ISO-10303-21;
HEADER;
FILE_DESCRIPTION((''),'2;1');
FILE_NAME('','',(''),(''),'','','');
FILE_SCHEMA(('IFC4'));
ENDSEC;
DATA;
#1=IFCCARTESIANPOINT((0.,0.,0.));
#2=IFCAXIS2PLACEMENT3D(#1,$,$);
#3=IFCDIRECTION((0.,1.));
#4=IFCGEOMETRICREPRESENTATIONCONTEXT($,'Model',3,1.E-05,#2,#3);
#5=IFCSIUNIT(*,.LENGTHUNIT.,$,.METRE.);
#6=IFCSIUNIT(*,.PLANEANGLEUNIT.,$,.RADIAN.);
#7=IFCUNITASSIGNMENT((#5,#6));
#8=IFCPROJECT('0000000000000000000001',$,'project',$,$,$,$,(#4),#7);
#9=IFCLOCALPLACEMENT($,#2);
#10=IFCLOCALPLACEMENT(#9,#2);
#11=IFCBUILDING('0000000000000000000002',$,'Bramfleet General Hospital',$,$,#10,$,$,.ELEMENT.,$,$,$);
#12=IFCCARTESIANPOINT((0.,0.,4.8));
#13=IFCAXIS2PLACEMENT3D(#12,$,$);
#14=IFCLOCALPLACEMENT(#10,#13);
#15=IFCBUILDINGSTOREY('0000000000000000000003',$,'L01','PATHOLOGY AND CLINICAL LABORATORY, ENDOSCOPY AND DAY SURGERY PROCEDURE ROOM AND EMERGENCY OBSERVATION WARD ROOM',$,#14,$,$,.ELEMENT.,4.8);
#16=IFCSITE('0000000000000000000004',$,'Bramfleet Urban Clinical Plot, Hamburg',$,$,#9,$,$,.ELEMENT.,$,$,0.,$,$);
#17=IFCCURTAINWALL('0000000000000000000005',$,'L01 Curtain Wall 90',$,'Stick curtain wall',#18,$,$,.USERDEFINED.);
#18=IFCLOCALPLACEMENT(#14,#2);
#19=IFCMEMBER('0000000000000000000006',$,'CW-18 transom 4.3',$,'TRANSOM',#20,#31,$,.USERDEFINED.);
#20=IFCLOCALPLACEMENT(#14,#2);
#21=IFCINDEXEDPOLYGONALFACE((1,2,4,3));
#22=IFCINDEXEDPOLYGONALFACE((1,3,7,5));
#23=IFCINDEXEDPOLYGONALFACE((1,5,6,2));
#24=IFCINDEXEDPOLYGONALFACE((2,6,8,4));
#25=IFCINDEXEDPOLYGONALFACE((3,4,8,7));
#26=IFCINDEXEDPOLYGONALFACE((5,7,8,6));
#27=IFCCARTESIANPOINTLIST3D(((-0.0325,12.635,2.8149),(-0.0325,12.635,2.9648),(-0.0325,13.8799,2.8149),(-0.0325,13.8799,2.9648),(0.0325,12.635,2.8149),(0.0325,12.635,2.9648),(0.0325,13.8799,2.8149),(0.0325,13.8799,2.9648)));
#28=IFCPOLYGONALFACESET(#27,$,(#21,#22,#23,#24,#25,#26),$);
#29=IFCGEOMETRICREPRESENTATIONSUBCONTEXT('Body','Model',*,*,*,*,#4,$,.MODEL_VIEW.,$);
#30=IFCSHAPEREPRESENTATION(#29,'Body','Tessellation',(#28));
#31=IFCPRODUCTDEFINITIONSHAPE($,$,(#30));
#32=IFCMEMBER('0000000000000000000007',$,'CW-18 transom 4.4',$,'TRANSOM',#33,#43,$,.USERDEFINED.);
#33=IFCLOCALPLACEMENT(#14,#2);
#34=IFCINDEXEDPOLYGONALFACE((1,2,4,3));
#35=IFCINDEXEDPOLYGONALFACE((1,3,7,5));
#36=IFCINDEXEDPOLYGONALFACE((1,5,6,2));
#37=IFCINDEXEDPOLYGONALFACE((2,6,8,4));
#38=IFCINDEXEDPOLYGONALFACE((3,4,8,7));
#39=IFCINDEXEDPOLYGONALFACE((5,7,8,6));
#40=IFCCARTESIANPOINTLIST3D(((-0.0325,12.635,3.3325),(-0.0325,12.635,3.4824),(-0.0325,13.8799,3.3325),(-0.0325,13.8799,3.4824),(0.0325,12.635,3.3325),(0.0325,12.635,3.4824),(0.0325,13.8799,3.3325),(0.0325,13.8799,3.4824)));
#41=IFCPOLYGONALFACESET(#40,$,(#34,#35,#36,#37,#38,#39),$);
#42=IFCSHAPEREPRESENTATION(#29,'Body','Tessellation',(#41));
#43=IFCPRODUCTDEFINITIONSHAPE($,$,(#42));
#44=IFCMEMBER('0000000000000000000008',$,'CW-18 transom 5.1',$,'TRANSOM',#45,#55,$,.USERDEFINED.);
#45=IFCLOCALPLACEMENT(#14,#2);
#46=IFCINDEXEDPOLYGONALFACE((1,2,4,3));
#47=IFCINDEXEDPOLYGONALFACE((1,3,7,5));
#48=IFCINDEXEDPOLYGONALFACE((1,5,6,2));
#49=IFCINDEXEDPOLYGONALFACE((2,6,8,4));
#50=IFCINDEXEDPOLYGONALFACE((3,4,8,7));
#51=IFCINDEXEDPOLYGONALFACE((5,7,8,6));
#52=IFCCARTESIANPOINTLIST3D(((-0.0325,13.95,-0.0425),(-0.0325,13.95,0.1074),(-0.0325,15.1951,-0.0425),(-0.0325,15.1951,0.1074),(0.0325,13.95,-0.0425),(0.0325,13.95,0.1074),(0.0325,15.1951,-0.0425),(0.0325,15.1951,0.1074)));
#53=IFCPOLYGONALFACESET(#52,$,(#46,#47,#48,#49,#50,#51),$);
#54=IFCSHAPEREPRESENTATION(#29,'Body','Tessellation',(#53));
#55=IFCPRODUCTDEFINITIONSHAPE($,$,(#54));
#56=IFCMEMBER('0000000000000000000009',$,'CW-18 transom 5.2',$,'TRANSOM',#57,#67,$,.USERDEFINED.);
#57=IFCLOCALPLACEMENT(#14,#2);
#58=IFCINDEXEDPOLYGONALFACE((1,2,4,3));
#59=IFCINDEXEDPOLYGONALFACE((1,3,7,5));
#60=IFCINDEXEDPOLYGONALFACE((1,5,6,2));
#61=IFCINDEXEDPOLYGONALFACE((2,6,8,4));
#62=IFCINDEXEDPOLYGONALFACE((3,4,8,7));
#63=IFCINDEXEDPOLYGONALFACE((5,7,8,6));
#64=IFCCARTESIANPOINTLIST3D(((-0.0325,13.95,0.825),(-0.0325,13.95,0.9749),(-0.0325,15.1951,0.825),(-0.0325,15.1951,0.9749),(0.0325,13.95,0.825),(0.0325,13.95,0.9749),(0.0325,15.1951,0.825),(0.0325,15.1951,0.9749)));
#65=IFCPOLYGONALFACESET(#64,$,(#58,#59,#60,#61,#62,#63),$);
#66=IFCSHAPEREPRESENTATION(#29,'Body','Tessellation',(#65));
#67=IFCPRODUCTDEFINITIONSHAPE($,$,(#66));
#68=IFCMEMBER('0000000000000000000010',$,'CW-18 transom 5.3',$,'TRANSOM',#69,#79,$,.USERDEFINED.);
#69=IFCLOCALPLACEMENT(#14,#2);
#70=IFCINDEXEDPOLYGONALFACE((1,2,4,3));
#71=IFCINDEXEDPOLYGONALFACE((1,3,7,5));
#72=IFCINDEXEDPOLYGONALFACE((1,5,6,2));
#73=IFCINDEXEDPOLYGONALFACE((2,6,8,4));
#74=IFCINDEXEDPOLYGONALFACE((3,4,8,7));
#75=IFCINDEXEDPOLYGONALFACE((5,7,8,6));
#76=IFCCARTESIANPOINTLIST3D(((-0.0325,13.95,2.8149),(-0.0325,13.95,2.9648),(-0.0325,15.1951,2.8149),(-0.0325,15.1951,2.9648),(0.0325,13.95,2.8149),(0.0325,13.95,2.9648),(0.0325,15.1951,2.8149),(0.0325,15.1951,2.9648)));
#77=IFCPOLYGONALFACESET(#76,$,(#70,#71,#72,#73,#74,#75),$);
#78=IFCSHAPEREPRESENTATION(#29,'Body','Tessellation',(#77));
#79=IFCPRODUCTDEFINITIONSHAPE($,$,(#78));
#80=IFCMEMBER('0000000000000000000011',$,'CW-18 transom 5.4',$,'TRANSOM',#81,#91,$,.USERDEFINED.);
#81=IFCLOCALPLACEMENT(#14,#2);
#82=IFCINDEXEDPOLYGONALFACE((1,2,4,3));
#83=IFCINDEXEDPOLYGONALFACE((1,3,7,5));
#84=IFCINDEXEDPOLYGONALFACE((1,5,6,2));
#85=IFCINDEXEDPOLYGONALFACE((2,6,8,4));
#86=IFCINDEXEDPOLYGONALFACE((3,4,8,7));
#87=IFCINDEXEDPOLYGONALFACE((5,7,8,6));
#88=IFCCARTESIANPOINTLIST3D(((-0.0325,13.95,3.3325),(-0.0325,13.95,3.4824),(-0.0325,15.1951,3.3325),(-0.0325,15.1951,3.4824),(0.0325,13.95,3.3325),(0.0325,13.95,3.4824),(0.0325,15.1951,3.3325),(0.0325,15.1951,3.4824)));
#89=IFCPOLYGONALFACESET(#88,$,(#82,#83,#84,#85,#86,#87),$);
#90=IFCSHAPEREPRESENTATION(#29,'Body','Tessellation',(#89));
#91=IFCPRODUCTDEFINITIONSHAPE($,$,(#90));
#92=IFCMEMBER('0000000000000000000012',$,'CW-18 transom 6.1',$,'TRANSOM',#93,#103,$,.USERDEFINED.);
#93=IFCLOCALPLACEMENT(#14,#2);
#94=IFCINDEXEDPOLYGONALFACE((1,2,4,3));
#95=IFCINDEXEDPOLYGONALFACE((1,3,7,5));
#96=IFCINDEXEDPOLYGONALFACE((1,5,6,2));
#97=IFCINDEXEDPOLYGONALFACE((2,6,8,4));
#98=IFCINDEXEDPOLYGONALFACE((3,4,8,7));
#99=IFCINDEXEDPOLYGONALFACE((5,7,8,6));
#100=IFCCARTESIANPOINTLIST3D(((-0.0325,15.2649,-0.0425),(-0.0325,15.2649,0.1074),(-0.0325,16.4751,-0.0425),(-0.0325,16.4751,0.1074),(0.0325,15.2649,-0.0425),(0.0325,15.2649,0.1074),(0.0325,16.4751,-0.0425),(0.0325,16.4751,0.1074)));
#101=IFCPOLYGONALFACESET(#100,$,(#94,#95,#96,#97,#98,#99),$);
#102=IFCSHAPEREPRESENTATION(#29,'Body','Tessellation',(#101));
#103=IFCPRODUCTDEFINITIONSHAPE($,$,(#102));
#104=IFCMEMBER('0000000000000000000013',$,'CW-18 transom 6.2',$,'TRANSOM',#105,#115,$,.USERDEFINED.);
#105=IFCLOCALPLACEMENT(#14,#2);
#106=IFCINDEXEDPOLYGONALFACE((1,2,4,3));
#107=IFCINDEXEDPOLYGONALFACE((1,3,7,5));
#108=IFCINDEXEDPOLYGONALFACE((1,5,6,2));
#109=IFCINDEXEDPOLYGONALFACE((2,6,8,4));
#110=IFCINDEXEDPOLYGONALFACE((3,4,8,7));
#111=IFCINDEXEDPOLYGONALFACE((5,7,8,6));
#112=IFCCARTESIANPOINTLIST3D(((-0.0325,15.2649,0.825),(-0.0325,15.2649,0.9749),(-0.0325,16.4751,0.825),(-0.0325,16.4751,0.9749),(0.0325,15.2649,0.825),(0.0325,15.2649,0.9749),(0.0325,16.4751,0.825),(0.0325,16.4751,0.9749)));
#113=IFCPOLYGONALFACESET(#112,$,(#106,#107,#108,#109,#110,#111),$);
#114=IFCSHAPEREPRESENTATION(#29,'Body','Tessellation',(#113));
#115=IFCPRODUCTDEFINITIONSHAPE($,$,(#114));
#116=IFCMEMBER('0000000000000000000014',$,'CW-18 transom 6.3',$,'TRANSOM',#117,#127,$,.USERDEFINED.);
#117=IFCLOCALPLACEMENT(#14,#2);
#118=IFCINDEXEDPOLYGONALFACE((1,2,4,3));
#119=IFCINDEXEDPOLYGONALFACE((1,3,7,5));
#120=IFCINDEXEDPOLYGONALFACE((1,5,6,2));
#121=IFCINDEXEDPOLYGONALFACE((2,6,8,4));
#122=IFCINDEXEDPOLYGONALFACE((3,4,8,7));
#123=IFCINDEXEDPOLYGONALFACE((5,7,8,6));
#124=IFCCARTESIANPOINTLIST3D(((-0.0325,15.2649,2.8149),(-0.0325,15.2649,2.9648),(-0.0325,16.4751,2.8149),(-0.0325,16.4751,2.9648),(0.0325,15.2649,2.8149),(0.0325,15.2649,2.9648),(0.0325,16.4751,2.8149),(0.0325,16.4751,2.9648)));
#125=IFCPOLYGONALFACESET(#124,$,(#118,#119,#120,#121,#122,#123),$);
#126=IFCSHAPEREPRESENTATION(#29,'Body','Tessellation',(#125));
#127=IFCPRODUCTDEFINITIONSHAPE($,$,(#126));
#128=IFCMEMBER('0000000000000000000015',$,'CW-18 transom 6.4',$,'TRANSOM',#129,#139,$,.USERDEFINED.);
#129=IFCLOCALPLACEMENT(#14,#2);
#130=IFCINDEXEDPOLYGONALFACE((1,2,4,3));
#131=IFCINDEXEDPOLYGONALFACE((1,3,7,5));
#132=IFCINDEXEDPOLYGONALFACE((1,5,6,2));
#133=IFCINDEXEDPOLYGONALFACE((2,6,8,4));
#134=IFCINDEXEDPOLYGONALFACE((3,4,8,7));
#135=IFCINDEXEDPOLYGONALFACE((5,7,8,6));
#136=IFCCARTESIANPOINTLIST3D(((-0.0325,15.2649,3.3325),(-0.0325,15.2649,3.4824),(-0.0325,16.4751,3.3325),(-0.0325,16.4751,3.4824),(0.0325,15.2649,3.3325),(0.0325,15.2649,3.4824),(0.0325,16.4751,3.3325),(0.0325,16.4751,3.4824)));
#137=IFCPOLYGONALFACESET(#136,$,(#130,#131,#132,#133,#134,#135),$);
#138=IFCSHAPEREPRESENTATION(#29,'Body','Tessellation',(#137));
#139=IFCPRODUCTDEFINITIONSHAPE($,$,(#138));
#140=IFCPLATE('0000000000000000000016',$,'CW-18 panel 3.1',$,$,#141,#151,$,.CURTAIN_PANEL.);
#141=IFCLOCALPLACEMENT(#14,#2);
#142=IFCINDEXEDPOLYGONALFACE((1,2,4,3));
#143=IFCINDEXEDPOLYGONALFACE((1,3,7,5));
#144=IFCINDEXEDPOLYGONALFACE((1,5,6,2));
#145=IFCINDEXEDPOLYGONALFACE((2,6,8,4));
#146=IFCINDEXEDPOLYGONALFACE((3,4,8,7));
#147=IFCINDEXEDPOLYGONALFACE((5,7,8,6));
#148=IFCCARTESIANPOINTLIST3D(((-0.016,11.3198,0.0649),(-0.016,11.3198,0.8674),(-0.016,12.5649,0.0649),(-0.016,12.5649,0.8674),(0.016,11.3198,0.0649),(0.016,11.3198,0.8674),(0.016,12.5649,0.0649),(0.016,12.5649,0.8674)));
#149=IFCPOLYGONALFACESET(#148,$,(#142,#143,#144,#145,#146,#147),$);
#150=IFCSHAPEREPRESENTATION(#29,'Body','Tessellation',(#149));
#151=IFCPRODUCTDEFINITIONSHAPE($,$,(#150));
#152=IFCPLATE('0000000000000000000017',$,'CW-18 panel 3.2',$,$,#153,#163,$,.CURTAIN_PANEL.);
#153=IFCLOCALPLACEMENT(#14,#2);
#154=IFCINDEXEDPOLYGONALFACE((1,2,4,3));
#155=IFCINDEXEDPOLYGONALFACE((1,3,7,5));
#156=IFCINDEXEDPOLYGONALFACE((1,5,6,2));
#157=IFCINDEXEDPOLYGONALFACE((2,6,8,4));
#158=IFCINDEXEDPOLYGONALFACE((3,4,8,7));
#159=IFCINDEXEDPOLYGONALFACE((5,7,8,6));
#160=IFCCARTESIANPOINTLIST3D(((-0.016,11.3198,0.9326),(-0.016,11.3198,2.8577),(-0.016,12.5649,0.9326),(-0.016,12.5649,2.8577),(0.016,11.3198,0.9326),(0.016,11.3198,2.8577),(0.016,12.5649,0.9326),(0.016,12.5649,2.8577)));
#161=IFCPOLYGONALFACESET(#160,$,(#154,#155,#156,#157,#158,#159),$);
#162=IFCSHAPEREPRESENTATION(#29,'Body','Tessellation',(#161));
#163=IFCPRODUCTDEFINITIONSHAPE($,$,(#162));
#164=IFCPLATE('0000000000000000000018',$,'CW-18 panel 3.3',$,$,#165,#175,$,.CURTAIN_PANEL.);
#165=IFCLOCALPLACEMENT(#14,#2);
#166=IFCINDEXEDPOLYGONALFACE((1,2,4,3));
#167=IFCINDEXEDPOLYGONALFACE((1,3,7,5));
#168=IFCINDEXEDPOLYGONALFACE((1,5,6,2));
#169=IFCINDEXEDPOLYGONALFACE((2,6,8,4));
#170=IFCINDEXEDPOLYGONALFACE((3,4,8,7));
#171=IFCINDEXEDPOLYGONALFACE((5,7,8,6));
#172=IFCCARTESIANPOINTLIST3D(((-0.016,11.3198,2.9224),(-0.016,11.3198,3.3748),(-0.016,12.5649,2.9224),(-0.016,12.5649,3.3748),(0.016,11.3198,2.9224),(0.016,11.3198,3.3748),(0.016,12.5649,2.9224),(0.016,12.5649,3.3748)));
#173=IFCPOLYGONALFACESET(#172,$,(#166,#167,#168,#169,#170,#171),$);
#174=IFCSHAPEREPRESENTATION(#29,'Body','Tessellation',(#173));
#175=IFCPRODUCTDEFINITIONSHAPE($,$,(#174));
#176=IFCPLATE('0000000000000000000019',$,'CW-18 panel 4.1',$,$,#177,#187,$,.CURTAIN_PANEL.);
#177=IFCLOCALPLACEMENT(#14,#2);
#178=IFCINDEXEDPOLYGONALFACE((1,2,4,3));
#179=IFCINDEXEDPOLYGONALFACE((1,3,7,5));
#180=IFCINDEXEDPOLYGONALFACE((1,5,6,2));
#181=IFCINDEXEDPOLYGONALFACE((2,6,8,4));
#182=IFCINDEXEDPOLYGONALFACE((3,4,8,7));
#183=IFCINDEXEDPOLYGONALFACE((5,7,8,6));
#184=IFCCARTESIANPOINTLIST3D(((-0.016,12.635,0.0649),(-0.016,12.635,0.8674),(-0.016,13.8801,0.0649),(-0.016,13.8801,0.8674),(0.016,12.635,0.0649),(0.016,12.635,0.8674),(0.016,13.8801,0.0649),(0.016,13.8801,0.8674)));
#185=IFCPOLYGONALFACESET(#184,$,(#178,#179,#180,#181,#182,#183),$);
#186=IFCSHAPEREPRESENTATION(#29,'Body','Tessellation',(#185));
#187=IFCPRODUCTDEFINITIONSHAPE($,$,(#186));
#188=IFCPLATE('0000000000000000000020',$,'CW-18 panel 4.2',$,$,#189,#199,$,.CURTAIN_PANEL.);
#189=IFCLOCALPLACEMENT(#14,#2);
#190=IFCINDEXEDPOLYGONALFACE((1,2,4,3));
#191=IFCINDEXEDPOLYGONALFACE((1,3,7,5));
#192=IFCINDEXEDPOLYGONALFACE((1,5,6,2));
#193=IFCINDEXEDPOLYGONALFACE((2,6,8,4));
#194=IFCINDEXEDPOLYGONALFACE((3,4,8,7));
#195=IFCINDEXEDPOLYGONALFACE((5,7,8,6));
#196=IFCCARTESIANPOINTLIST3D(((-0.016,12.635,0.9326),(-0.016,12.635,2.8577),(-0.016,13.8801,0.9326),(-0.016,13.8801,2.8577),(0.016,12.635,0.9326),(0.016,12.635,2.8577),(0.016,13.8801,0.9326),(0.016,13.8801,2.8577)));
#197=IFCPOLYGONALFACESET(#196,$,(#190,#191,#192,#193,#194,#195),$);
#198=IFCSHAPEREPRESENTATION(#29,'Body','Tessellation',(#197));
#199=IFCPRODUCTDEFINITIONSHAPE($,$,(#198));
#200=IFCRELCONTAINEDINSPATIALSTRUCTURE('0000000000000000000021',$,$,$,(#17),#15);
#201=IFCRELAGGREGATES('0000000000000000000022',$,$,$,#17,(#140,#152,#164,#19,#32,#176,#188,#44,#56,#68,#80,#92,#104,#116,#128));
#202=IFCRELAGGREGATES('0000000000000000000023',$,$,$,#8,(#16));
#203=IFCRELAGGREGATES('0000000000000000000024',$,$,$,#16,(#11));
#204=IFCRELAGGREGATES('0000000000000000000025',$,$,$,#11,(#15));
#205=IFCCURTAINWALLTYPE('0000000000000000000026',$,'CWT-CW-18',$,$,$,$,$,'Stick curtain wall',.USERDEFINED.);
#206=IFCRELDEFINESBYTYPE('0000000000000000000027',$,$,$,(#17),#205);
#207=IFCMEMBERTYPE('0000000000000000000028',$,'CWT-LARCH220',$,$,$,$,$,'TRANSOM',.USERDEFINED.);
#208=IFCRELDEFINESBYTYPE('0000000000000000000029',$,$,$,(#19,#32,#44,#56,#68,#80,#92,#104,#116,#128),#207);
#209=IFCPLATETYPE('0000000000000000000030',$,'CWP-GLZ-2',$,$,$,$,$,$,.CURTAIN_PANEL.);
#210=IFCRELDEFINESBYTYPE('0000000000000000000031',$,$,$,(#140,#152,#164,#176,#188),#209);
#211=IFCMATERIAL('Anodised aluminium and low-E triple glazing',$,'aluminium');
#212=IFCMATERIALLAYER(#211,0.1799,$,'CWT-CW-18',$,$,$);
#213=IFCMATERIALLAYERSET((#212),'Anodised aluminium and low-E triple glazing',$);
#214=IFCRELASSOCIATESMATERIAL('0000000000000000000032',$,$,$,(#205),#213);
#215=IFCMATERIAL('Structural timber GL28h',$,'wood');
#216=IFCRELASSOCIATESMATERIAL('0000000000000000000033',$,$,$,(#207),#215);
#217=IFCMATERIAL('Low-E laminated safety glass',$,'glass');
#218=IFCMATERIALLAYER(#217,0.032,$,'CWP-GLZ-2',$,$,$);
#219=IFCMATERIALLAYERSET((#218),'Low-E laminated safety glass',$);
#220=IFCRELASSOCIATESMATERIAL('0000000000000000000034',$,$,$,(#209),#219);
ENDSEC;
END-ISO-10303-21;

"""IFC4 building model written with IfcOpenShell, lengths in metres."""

from ifc_helpers import new_model, si_unit, direction, frame, origin, origin_2d, place, context, subcontext, project, spatial, rectangle, extrude, material, layer, layer_set, material_profile, profile_set, type_object, element, aggregate, save


model = new_model("IFC4")

# Units and contexts
model_context = context("Model", 3, precision=1e-05, world=origin(), true_north=direction((0.0, 1.0)))
body_context = subcontext(model_context, "Body", "Model", "MODEL_VIEW")
ifc_project = project(units=[si_unit("LENGTHUNIT", "METRE"), si_unit("PLANEANGLEUNIT", "RADIAN")], contexts=[model_context])

# Site, building, storey
site_placement = place(None, origin())
site = spatial("IfcSite", under=ifc_project, at=site_placement, Name="Bramfleet Urban Clinical Plot, Hamburg", CompositionType="ELEMENT", RefElevation=0.0)
building_placement = place(site_placement, origin())
building = spatial("IfcBuilding", under=site, at=building_placement, Name="Bramfleet General Hospital", CompositionType="ELEMENT")
storey_placement = place(building_placement, frame((0.0, 0.0, 4.8)))
storey = spatial("IfcBuildingStorey", under=building, at=storey_placement, Name="L01", Description="PATHOLOGY AND CLINICAL LABORATORY, ENDOSCOPY AND DAY SURGERY PROCEDURE ROOM AND EMERGENCY OBSERVATION WARD ROOM", CompositionType="ELEMENT", Elevation=4.8)

# Curtain wall, members, plates
ifc_material_1 = material(Name="Anodised aluminium and low-E triple glazing", Category="aluminium")
ifc_layer_1 = layer(ifc_material_1, 0.1799, Name="CWT-CW-18")
ifc_layer_set_1 = layer_set([ifc_layer_1], Name="Anodised aluminium and low-E triple glazing")
curtain_wall_type = type_object("IfcCurtainWallType", Name="CWT-CW-18", ElementType="Stick curtain wall", PredefinedType="USERDEFINED", material=ifc_layer_set_1)
curtain_wall_placement = place(storey_placement, origin())
curtain_wall = element("IfcCurtainWall", 1, at=curtain_wall_placement, inside=storey, type_object=curtain_wall_type, Name="L01 Curtain Wall 90", ObjectType="Stick curtain wall", PredefinedType="USERDEFINED")
ifc_material_2 = material(Name="Structural timber GL28h", Category="wood")
ifc_material_profile_1 = material_profile(ifc_material_2, rectangle(XDim=0.0649, YDim=0.1499, at=origin_2d()), Name="LARCH 150x65")
ifc_profile_set_1 = profile_set([ifc_material_profile_1], Name="Structural timber GL28h")
member_type_1 = type_object("IfcMemberType", Name="CWT-LARCH220", ElementType="TRANSOM", PredefinedType="USERDEFINED", material=ifc_profile_set_1)
member_1_placement = place(storey_placement, frame((0.0, 12.635, 2.8899), z_axis=(0.0, 1.0, 0.0), x_axis=(-1.0, 0.0, 0.0)))
member_1 = element("IfcMember", 2, at=member_1_placement, type_object=member_type_1, Name="CW-18 transom 4.3", ObjectType="TRANSOM", PredefinedType="USERDEFINED", context=body_context, shape_type="SweptSolid", body=[
    extrude(rectangle(XDim=0.0649, YDim=0.1499, at=origin_2d()), origin(), (0.0, 0.0, 1.0), 1.2449),
])
member_2_placement = place(storey_placement, frame((0.0, 12.635, 3.4075), z_axis=(0.0, 1.0, 0.0), x_axis=(-1.0, 0.0, 0.0)))
member_2 = element("IfcMember", 3, at=member_2_placement, type_object=member_type_1, Name="CW-18 transom 4.4", ObjectType="TRANSOM", PredefinedType="USERDEFINED", context=body_context, shape_type="SweptSolid", body=[
    extrude(rectangle(XDim=0.0649, YDim=0.1499, at=origin_2d()), origin(), (0.0, 0.0, 1.0), 1.2449),
])
member_3_placement = place(storey_placement, frame((0.0, 13.95, 0.0325), z_axis=(0.0, 1.0, 0.0), x_axis=(-1.0, 0.0, 0.0)))
member_3 = element("IfcMember", 4, at=member_3_placement, type_object=member_type_1, Name="CW-18 transom 5.1", ObjectType="TRANSOM", PredefinedType="USERDEFINED", context=body_context, shape_type="SweptSolid", body=[
    extrude(rectangle(XDim=0.0649, YDim=0.1499, at=origin_2d()), origin(), (0.0, 0.0, 1.0), 1.2451),
])
member_4_placement = place(storey_placement, frame((0.0, 13.95, 0.8999), z_axis=(0.0, 1.0, 0.0), x_axis=(-1.0, 0.0, 0.0)))
member_4 = element("IfcMember", 5, at=member_4_placement, type_object=member_type_1, Name="CW-18 transom 5.2", ObjectType="TRANSOM", PredefinedType="USERDEFINED", context=body_context, shape_type="SweptSolid", body=[
    extrude(rectangle(XDim=0.0649, YDim=0.1499, at=origin_2d()), origin(), (0.0, 0.0, 1.0), 1.2451),
])
member_5_placement = place(storey_placement, frame((0.0, 13.95, 2.8899), z_axis=(0.0, 1.0, 0.0), x_axis=(-1.0, 0.0, 0.0)))
member_5 = element("IfcMember", 6, at=member_5_placement, type_object=member_type_1, Name="CW-18 transom 5.3", ObjectType="TRANSOM", PredefinedType="USERDEFINED", context=body_context, shape_type="SweptSolid", body=[
    extrude(rectangle(XDim=0.0649, YDim=0.1499, at=origin_2d()), origin(), (0.0, 0.0, 1.0), 1.2451),
])
member_6_placement = place(storey_placement, frame((0.0, 13.95, 3.4075), z_axis=(0.0, 1.0, 0.0), x_axis=(-1.0, 0.0, 0.0)))
member_6 = element("IfcMember", 7, at=member_6_placement, type_object=member_type_1, Name="CW-18 transom 5.4", ObjectType="TRANSOM", PredefinedType="USERDEFINED", context=body_context, shape_type="SweptSolid", body=[
    extrude(rectangle(XDim=0.0649, YDim=0.1499, at=origin_2d()), origin(), (0.0, 0.0, 1.0), 1.2451),
])
member_7_placement = place(storey_placement, frame((0.0, 15.2649, 0.0325), z_axis=(0.0, 1.0, 0.0), x_axis=(-1.0, 0.0, 0.0)))
member_7 = element("IfcMember", 8, at=member_7_placement, type_object=member_type_1, Name="CW-18 transom 6.1", ObjectType="TRANSOM", PredefinedType="USERDEFINED", context=body_context, shape_type="SweptSolid", body=[
    extrude(rectangle(XDim=0.0649, YDim=0.1499, at=origin_2d()), origin(), (0.0, 0.0, 1.0), 1.2102),
])
member_8_placement = place(storey_placement, frame((0.0, 15.2649, 0.8999), z_axis=(0.0, 1.0, 0.0), x_axis=(-1.0, 0.0, 0.0)))
member_8 = element("IfcMember", 9, at=member_8_placement, type_object=member_type_1, Name="CW-18 transom 6.2", ObjectType="TRANSOM", PredefinedType="USERDEFINED", context=body_context, shape_type="SweptSolid", body=[
    extrude(rectangle(XDim=0.0649, YDim=0.1499, at=origin_2d()), origin(), (0.0, 0.0, 1.0), 1.2102),
])
member_9_placement = place(storey_placement, frame((0.0, 15.2649, 2.8899), z_axis=(0.0, 1.0, 0.0), x_axis=(-1.0, 0.0, 0.0)))
member_9 = element("IfcMember", 10, at=member_9_placement, type_object=member_type_1, Name="CW-18 transom 6.3", ObjectType="TRANSOM", PredefinedType="USERDEFINED", context=body_context, shape_type="SweptSolid", body=[
    extrude(rectangle(XDim=0.0649, YDim=0.1499, at=origin_2d()), origin(), (0.0, 0.0, 1.0), 1.2102),
])
member_10_placement = place(storey_placement, frame((0.0, 15.2649, 3.4075), z_axis=(0.0, 1.0, 0.0), x_axis=(-1.0, 0.0, 0.0)))
member_10 = element("IfcMember", 11, at=member_10_placement, type_object=member_type_1, Name="CW-18 transom 6.4", ObjectType="TRANSOM", PredefinedType="USERDEFINED", context=body_context, shape_type="SweptSolid", body=[
    extrude(rectangle(XDim=0.0649, YDim=0.1499, at=origin_2d()), origin(), (0.0, 0.0, 1.0), 1.2102),
])
ifc_material_3 = material(Name="Low-E laminated safety glass", Category="glass")
ifc_layer_2 = layer(ifc_material_3, 0.032, Name="CWP-GLZ-2")
ifc_layer_set_2 = layer_set([ifc_layer_2], Name="Low-E laminated safety glass")
plate_type = type_object("IfcPlateType", Name="CWP-GLZ-2", PredefinedType="CURTAIN_PANEL", material=ifc_layer_set_2)
plate_1_placement = place(storey_placement, frame((0.0, 11.9424, 0.0649), z_axis=(0.0, 0.0, 1.0), x_axis=(0.0, 1.0, 0.0)))
plate_1 = element("IfcPlate", 12, at=plate_1_placement, type_object=plate_type, Name="CW-18 panel 3.1", PredefinedType="CURTAIN_PANEL", context=body_context, shape_type="SweptSolid", body=[
    extrude(rectangle(XDim=1.2451, YDim=0.032, at=origin_2d()), origin(), (0.0, 0.0, 1.0), 0.8025),
])
plate_2_placement = place(storey_placement, frame((0.0, 11.9424, 0.9326), z_axis=(0.0, 0.0, 1.0), x_axis=(0.0, 1.0, 0.0)))
plate_2 = element("IfcPlate", 13, at=plate_2_placement, type_object=plate_type, Name="CW-18 panel 3.2", PredefinedType="CURTAIN_PANEL", context=body_context, shape_type="SweptSolid", body=[
    extrude(rectangle(XDim=1.2451, YDim=0.032, at=origin_2d()), origin(), (0.0, 0.0, 1.0), 1.925),
])
plate_3_placement = place(storey_placement, frame((0.0, 11.9424, 2.9224), z_axis=(0.0, 0.0, 1.0), x_axis=(0.0, 1.0, 0.0)))
plate_3 = element("IfcPlate", 14, at=plate_3_placement, type_object=plate_type, Name="CW-18 panel 3.3", PredefinedType="CURTAIN_PANEL", context=body_context, shape_type="SweptSolid", body=[
    extrude(rectangle(XDim=1.2451, YDim=0.032, at=origin_2d()), origin(), (0.0, 0.0, 1.0), 0.4524),
])
plate_4_placement = place(storey_placement, frame((0.0, 13.2576, 0.0649), z_axis=(0.0, 0.0, 1.0), x_axis=(0.0, 1.0, 0.0)))
plate_4 = element("IfcPlate", 15, at=plate_4_placement, type_object=plate_type, Name="CW-18 panel 4.1", PredefinedType="CURTAIN_PANEL", context=body_context, shape_type="SweptSolid", body=[
    extrude(rectangle(XDim=1.2451, YDim=0.032, at=origin_2d()), origin(), (0.0, 0.0, 1.0), 0.8025),
])
plate_5_placement = place(storey_placement, frame((0.0, 13.2576, 0.9326), z_axis=(0.0, 0.0, 1.0), x_axis=(0.0, 1.0, 0.0)))
plate_5 = element("IfcPlate", 16, at=plate_5_placement, type_object=plate_type, Name="CW-18 panel 4.2", PredefinedType="CURTAIN_PANEL", context=body_context, shape_type="SweptSolid", body=[
    extrude(rectangle(XDim=1.2451, YDim=0.032, at=origin_2d()), origin(), (0.0, 0.0, 1.0), 1.925),
])
aggregate(curtain_wall, [plate_1, plate_2, plate_3, member_1, member_2, plate_4, plate_5, member_3, member_4, member_5, member_6, member_7, member_8, member_9, member_10])

save(model, "model.ifc")
